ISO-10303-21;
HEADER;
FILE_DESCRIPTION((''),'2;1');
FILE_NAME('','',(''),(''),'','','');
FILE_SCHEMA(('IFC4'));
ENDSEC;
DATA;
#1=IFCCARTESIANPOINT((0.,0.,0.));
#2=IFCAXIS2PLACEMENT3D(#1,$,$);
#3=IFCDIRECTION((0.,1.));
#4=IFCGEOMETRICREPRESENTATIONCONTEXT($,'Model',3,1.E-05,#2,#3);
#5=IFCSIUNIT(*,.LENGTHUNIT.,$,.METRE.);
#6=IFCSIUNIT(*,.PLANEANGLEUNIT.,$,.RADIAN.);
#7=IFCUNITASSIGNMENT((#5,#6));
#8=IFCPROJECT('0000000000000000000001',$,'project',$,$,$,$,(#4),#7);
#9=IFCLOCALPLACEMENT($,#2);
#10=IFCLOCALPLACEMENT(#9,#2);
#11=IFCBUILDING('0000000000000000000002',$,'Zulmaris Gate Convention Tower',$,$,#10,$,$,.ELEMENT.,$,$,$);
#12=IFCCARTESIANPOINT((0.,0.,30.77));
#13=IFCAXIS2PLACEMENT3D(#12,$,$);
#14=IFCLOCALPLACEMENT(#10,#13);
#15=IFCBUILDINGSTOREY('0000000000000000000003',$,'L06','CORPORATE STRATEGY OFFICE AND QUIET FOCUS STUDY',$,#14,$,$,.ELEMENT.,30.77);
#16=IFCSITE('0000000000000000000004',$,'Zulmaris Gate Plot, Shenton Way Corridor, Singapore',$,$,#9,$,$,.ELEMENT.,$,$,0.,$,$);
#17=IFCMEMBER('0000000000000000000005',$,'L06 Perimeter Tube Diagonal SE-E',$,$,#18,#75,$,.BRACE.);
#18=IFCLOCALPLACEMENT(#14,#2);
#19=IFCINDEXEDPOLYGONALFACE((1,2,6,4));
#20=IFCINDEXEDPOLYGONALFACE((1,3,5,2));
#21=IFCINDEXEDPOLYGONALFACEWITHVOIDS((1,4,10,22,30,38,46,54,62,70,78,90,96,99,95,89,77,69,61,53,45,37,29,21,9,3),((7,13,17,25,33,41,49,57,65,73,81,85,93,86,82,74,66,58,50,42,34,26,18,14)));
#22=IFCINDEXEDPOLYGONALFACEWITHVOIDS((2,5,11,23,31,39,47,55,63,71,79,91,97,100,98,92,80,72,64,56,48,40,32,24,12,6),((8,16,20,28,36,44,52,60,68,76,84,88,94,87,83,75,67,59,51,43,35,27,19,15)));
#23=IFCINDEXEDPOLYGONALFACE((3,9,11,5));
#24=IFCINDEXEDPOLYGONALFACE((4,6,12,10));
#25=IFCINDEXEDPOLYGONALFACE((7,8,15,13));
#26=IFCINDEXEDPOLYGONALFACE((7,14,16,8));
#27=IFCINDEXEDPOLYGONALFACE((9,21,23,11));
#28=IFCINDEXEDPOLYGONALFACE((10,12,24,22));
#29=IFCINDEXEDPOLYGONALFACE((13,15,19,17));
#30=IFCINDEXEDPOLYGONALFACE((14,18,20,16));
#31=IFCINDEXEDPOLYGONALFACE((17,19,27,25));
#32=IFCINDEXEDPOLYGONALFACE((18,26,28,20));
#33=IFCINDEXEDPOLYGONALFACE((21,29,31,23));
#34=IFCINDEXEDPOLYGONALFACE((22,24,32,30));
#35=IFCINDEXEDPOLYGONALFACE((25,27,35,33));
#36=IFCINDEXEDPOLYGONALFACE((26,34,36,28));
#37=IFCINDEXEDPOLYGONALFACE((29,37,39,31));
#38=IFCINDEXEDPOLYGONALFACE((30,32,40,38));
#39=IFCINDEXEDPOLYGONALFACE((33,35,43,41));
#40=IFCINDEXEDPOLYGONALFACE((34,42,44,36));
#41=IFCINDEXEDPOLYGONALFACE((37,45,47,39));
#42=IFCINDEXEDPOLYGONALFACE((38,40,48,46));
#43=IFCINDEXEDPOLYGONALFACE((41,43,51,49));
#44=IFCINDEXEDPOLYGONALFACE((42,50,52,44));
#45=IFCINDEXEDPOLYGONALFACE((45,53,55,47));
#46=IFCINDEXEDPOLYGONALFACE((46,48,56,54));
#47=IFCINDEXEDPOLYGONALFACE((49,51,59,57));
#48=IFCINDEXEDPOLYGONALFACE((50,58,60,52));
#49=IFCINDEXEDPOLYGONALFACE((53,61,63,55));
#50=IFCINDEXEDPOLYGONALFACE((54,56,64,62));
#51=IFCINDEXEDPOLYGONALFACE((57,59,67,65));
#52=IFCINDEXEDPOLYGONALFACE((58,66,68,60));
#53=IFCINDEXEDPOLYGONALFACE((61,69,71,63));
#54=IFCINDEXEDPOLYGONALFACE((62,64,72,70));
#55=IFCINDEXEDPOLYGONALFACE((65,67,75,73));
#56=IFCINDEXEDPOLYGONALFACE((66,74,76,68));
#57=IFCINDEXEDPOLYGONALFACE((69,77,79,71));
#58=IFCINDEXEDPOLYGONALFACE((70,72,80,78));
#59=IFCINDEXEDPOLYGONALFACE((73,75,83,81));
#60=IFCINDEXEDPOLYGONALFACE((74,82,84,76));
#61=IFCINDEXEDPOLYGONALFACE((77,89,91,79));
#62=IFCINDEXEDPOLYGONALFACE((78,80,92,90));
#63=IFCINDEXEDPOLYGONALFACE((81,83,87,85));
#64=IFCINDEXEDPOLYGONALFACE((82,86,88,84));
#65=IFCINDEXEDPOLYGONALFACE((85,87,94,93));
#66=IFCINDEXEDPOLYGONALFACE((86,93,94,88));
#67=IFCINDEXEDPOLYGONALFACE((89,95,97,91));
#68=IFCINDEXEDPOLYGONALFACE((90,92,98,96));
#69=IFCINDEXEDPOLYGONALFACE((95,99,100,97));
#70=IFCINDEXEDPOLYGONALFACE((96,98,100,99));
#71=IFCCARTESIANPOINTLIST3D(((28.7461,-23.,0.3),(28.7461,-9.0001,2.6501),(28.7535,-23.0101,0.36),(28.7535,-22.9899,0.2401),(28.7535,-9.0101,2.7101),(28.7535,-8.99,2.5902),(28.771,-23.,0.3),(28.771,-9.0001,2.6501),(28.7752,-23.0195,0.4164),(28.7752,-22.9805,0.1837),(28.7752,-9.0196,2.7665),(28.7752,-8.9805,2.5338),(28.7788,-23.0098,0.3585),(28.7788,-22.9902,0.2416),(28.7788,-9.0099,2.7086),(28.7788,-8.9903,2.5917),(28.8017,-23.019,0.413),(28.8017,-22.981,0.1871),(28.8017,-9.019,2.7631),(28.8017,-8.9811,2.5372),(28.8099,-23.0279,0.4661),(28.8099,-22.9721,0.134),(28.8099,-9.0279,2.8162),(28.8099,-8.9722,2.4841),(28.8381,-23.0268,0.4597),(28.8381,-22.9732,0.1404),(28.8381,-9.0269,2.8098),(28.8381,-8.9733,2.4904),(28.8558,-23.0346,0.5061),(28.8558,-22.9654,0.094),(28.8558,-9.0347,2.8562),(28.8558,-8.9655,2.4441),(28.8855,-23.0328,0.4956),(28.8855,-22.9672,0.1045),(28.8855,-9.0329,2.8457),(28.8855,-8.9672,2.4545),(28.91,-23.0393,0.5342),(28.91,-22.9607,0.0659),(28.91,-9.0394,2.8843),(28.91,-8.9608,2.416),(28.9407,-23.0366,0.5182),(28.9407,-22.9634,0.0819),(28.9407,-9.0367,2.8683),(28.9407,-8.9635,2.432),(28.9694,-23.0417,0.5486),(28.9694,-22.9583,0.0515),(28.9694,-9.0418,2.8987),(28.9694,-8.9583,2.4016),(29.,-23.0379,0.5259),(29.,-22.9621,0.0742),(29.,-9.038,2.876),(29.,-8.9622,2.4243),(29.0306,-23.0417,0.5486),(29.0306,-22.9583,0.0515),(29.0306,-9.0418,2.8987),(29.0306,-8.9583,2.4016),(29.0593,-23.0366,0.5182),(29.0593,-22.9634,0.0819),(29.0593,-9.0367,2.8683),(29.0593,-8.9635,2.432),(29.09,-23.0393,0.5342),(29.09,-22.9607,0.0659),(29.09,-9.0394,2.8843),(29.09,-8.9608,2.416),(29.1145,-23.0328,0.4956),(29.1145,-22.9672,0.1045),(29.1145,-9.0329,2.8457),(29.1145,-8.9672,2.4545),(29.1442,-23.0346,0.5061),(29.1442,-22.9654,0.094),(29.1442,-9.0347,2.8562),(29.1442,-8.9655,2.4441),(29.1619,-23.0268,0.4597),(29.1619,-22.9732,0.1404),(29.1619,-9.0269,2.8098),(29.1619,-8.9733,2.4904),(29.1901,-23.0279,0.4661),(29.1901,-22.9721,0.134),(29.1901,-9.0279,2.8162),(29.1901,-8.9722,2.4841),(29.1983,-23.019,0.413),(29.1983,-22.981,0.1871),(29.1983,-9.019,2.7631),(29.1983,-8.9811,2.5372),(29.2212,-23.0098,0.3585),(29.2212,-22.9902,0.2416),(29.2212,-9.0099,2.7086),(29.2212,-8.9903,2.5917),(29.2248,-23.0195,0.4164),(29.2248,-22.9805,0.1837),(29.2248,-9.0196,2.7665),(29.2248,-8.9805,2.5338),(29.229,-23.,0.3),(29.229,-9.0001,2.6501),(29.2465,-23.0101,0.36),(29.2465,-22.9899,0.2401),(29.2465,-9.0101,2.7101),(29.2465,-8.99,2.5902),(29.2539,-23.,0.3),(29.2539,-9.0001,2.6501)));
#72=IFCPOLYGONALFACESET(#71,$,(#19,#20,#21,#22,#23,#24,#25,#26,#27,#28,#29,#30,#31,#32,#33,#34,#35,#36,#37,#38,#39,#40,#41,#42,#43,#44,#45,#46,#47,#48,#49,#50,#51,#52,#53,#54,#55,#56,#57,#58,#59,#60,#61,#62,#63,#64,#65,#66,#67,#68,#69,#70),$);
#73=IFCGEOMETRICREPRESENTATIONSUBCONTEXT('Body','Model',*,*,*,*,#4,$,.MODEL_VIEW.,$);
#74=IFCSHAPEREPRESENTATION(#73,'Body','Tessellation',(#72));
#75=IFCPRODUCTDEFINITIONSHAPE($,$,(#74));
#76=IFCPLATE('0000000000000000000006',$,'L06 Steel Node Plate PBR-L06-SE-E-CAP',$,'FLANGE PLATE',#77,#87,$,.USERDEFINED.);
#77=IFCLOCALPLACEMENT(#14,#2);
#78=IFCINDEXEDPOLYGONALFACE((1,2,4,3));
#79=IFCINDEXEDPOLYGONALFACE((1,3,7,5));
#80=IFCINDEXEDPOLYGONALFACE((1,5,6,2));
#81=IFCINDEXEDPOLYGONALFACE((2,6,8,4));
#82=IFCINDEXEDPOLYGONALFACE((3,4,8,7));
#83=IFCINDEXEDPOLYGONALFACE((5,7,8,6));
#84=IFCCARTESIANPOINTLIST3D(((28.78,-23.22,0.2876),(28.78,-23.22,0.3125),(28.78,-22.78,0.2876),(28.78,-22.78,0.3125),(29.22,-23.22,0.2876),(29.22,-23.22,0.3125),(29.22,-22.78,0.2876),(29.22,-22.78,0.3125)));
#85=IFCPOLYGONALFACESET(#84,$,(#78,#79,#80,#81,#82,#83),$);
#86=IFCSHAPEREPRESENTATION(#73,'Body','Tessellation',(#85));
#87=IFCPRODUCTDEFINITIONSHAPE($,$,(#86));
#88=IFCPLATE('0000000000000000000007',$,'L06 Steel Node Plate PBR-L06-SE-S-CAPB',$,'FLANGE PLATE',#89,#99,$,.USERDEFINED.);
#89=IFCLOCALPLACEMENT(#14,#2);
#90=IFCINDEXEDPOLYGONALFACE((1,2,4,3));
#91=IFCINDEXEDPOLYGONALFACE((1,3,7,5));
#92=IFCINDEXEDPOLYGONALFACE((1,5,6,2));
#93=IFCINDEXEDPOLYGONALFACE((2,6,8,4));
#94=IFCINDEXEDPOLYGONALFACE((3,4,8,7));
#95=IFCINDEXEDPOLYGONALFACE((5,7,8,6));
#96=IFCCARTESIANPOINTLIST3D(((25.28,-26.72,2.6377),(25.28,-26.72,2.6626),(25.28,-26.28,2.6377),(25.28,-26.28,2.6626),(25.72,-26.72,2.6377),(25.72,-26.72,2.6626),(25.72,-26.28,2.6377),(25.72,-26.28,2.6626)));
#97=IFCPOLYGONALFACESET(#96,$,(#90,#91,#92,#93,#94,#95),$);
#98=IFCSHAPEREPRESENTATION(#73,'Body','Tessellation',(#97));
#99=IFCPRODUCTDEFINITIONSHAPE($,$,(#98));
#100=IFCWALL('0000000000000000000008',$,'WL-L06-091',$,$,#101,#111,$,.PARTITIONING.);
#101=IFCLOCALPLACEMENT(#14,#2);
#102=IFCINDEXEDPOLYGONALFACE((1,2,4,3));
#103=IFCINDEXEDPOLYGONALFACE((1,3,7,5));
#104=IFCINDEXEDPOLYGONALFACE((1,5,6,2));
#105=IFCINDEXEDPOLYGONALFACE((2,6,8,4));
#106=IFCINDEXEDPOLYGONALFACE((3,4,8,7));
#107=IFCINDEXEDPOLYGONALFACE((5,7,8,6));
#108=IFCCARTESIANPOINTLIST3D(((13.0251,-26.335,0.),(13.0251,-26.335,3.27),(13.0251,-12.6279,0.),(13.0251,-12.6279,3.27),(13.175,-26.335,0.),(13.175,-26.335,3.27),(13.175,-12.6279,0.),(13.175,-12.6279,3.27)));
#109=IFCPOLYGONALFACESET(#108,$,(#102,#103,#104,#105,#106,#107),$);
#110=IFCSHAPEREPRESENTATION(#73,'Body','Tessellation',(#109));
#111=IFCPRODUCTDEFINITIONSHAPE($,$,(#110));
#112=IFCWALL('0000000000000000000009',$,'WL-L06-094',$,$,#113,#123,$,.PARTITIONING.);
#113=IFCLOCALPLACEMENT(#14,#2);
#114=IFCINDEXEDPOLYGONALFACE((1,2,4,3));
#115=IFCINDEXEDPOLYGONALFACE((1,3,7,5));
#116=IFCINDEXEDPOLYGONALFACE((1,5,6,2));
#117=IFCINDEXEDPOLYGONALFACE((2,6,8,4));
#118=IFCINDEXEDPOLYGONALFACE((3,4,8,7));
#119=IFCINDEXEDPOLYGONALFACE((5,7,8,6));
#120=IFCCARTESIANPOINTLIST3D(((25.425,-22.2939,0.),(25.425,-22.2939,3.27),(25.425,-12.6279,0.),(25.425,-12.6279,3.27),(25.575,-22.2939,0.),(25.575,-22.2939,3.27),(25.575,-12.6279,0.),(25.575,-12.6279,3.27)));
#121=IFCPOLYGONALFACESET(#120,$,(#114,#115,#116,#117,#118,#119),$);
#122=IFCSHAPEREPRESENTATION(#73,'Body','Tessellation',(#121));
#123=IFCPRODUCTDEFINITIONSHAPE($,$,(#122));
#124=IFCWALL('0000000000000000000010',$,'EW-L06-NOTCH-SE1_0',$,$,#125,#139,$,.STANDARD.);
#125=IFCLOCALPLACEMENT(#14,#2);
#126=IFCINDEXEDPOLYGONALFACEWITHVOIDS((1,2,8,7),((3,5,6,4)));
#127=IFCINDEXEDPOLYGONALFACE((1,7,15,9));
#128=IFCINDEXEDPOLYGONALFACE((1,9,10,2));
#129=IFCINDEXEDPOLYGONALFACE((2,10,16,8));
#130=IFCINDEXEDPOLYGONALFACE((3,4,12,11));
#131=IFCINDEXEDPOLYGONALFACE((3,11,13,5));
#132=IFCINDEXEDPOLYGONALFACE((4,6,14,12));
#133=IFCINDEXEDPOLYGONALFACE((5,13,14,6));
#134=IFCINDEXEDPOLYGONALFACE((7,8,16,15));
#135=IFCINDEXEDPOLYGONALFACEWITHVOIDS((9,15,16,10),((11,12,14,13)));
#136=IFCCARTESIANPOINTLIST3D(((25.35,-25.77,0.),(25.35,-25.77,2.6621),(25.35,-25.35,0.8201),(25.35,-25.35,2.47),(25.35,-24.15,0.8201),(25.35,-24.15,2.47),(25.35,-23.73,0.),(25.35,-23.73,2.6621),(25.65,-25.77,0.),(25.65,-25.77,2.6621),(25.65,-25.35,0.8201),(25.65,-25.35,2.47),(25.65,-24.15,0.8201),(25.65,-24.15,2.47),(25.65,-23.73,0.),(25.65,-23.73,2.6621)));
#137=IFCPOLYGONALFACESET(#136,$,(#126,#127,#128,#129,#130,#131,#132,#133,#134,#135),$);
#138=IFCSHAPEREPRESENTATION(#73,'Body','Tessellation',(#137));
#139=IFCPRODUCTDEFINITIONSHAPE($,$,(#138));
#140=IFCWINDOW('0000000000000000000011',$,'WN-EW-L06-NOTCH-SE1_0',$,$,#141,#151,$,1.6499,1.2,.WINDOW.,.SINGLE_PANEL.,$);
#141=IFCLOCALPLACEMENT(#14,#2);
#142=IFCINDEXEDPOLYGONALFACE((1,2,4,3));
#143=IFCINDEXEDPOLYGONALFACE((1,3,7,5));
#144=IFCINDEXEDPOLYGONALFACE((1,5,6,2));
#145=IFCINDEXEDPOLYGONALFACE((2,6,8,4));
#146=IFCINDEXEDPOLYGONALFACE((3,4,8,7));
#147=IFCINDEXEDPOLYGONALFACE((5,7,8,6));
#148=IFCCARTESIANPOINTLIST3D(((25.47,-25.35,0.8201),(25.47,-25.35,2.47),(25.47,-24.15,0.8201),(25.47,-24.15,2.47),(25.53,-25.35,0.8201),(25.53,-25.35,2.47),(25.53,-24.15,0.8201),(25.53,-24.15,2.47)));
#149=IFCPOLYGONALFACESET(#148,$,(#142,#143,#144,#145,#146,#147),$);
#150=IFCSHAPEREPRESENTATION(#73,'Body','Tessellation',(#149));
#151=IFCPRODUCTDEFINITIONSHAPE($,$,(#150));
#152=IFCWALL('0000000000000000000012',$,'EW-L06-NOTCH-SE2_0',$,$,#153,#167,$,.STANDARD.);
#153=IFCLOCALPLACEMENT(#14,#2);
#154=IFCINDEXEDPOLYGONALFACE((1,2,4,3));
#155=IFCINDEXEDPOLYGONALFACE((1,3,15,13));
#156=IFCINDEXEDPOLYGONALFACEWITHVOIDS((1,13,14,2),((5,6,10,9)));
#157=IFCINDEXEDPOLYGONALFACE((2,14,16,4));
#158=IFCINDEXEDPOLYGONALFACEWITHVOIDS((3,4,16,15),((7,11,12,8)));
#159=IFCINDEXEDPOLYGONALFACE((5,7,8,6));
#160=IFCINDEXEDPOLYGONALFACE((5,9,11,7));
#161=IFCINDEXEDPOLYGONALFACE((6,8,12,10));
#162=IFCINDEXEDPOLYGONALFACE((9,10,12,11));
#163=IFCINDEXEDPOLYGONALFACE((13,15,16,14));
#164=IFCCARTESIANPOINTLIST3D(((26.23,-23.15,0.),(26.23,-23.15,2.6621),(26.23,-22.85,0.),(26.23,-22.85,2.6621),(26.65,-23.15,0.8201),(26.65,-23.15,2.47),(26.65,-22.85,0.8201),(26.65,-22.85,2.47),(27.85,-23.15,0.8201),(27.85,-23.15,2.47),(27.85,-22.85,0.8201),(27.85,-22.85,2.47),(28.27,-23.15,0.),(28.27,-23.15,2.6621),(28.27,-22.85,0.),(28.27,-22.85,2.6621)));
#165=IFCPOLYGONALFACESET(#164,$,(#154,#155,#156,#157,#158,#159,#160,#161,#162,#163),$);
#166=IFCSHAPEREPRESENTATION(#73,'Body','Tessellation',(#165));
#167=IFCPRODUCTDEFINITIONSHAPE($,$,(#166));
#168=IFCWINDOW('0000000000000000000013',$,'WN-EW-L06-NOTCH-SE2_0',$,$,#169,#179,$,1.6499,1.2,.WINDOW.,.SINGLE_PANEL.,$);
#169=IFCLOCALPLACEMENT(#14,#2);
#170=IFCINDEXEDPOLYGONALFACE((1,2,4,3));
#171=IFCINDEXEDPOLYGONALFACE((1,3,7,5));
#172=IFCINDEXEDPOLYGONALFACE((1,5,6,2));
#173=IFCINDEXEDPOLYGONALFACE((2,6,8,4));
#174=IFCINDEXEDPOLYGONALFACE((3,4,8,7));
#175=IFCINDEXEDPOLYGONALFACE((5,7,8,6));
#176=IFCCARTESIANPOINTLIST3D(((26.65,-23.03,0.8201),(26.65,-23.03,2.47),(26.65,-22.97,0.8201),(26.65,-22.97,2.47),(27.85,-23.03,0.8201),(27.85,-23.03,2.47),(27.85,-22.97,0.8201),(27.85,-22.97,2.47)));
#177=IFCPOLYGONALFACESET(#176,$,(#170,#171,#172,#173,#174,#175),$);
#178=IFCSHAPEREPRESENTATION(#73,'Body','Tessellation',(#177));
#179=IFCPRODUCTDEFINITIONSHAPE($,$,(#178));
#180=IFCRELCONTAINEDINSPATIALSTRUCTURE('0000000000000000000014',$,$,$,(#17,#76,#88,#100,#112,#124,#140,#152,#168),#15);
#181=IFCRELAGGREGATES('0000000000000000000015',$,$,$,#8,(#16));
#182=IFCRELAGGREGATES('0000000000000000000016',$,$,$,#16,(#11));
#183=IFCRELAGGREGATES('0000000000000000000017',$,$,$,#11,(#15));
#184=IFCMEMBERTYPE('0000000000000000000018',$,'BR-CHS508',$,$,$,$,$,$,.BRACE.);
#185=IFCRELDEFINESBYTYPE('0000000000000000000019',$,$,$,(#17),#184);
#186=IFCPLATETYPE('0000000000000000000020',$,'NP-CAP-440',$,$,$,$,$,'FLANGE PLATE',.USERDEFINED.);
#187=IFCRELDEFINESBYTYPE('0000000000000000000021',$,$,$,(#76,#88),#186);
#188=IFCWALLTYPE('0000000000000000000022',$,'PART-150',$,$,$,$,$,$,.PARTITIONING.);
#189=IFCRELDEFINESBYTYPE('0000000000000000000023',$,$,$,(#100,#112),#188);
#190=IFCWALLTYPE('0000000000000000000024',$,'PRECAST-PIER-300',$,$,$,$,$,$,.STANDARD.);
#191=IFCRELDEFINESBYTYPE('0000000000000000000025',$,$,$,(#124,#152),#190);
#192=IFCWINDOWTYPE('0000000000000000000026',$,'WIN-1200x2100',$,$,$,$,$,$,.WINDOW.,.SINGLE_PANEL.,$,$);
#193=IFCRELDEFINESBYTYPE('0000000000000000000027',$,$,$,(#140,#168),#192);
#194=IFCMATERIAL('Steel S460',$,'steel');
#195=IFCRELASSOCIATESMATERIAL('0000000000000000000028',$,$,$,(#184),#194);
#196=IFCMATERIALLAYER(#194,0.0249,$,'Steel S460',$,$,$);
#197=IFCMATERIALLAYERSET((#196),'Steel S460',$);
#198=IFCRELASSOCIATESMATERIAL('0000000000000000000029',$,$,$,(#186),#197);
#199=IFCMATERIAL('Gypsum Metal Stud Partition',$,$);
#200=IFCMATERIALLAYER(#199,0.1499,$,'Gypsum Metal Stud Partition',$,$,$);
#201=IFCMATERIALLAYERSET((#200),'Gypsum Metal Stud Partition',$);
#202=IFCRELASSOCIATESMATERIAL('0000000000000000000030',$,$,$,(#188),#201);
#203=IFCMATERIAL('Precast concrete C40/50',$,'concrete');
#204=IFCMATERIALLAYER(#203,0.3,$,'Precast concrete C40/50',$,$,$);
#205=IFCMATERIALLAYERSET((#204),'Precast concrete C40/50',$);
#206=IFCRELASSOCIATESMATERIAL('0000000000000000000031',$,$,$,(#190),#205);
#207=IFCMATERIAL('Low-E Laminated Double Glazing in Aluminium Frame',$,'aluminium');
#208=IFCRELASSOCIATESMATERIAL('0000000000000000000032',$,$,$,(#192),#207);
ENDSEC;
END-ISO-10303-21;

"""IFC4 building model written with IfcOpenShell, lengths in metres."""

from ifc_helpers import new_model, si_unit, direction, frame, frame_2d, origin, origin_2d, place, context, subcontext, project, spatial, rectangle, hollow_circle, extrude, material, layer, layer_set, material_profile, profile_set, type_object, element, fill, save


model = new_model("IFC4")

# Units and contexts
model_context = context("Model", 3, precision=1e-05, world=origin(), true_north=direction((0.0, 1.0)))
body_context = subcontext(model_context, "Body", "Model", "MODEL_VIEW")
ifc_project = project(units=[si_unit("LENGTHUNIT", "METRE"), si_unit("PLANEANGLEUNIT", "RADIAN")], contexts=[model_context])

# Site, building, storey
site_placement = place(None, origin())
site = spatial("IfcSite", under=ifc_project, at=site_placement, Name="Zulmaris Gate Plot, Shenton Way Corridor, Singapore", CompositionType="ELEMENT", RefElevation=0.0)
building_placement = place(site_placement, origin())
building = spatial("IfcBuilding", under=site, at=building_placement, Name="Zulmaris Gate Convention Tower", CompositionType="ELEMENT")
storey_placement = place(building_placement, frame((0.0, 0.0, 30.77)))
storey = spatial("IfcBuildingStorey", under=building, at=storey_placement, Name="L06", Description="CORPORATE STRATEGY OFFICE AND QUIET FOCUS STUDY", CompositionType="ELEMENT", Elevation=30.77)

# Member
ifc_material_1 = material(Name="Steel S460", Category="steel")
ifc_material_profile_1 = material_profile(ifc_material_1, hollow_circle(Radius=0.2539, WallThickness=0.0249, at=origin_2d()), Name="CHS 508x25")
ifc_profile_set_1 = profile_set([ifc_material_profile_1], Name="Steel S460")
member_type = type_object("IfcMemberType", Name="BR-CHS508", PredefinedType="BRACE", material=ifc_profile_set_1)
member_placement = place(storey_placement, frame((29.0, -23.0, 0.3), z_axis=(0.0, 0.986202, 0.165548), x_axis=(-1.0, 0.0, 0.0)))
element("IfcMember", 1, at=member_placement, inside=storey, type_object=member_type, Name="L06 Perimeter Tube Diagonal SE-E", PredefinedType="BRACE", context=body_context, shape_type="SweptSolid", body=[
    extrude(hollow_circle(Radius=0.2539, WallThickness=0.0249, at=origin_2d()), origin(), (0.0, 0.0, 1.0), 14.1958),
])

# Plates
ifc_layer_1 = layer(ifc_material_1, 0.0249, Name="Steel S460")
ifc_layer_set_1 = layer_set([ifc_layer_1], Name="Steel S460")
plate_type = type_object("IfcPlateType", Name="NP-CAP-440", ElementType="FLANGE PLATE", PredefinedType="USERDEFINED", material=ifc_layer_set_1)
for number, where, z_axis, x_axis, name in (
    (2, (29.0, -23.0, 0.2876), (0.0, 0.0, 1.0), (1.0, 0.0, 0.0), "L06 Steel Node Plate PBR-L06-SE-E-CAP"),
    (3, (25.5, -26.5, 2.6377), (0.0, 0.0, 1.0), (1.0, 0.0, 0.0), "L06 Steel Node Plate PBR-L06-SE-S-CAPB"),
):
    element("IfcPlate", number, at=place(storey_placement, frame(where, z_axis=z_axis, x_axis=x_axis)), inside=storey, type_object=plate_type, Name=name, ObjectType="FLANGE PLATE", PredefinedType="USERDEFINED", context=body_context, shape_type="SweptSolid", body=[
        extrude(rectangle(XDim=0.4399, YDim=0.4399, at=origin_2d()), origin(), (0.0, 0.0, 1.0), 0.0249),
    ])

# Wall
ifc_material_2 = material(Name="Gypsum Metal Stud Partition")
ifc_layer_2 = layer(ifc_material_2, 0.1499, Name="Gypsum Metal Stud Partition")
ifc_layer_set_2 = layer_set([ifc_layer_2], Name="Gypsum Metal Stud Partition")
wall_type_1 = type_object("IfcWallType", Name="PART-150", PredefinedType="PARTITIONING", material=ifc_layer_set_2)
wall_1_placement = place(storey_placement, frame((13.1001, -26.335, 0.0), z_axis=(0.0, 0.0, 1.0), x_axis=(0.0, 1.0, 0.0)))
element("IfcWall", 4, at=wall_1_placement, inside=storey, type_object=wall_type_1, Name="WL-L06-091", PredefinedType="PARTITIONING", context=body_context, shape_type="SweptSolid", body=[
    extrude(rectangle(XDim=13.707, YDim=0.1499, at=frame_2d((6.8535, 0.0))), origin(), (0.0, 0.0, 1.0), 3.27),
])

# Wall
wall_2_placement = place(storey_placement, frame((25.5, -22.2939, 0.0), z_axis=(0.0, 0.0, 1.0), x_axis=(0.0, 1.0, 0.0)))
element("IfcWall", 5, at=wall_2_placement, inside=storey, type_object=wall_type_1, Name="WL-L06-094", PredefinedType="PARTITIONING", context=body_context, shape_type="SweptSolid", body=[
    extrude(rectangle(XDim=9.666, YDim=0.1499, at=frame_2d((4.833, 0.0))), origin(), (0.0, 0.0, 1.0), 3.27),
])

# Walls, openings, windows
ifc_material_3 = material(Name="Precast concrete C40/50", Category="concrete")
ifc_layer_3 = layer(ifc_material_3, 0.3, Name="Precast concrete C40/50")
ifc_layer_set_3 = layer_set([ifc_layer_3], Name="Precast concrete C40/50")
wall_type_2 = type_object("IfcWallType", Name="PRECAST-PIER-300", PredefinedType="STANDARD", material=ifc_layer_set_3)
wall_3_placement = place(storey_placement, frame((25.5, -25.77, 0.0), z_axis=(0.0, 0.0, 1.0), x_axis=(0.0, 1.0, 0.0)))
wall_3 = element("IfcWall", 6, at=wall_3_placement, inside=storey, type_object=wall_type_2, Name="EW-L06-NOTCH-SE1_0", PredefinedType="STANDARD", context=body_context, shape_type="SweptSolid", body=[
    extrude(rectangle(XDim=2.04, YDim=0.3, at=frame_2d((1.02, 0.0))), origin(), (0.0, 0.0, 1.0), 2.6621),
])
opening_1_placement = place(wall_3_placement, frame((0.4199, 0.0, 0.8201)))
opening_1 = element("IfcOpeningElement", 7, at=opening_1_placement, cuts=wall_3, PredefinedType="OPENING", context=body_context, shape_type="SweptSolid", body=[
    extrude(rectangle(XDim=1.2, YDim=1.6499, at=frame_2d((0.6001, 0.825))), frame((0.0, 0.1602, 0.0), z_axis=(0.0, -1.0, 0.0), x_axis=(1.0, 0.0, 0.0)), (0.0, 0.0, 1.0), 0.3201),
])
ifc_material_4 = material(Name="Low-E Laminated Double Glazing in Aluminium Frame", Category="aluminium")
window_type = type_object("IfcWindowType", Name="WIN-1200x2100", PartitioningType="SINGLE_PANEL", PredefinedType="WINDOW", material=ifc_material_4)
window_1_placement = place(opening_1_placement, origin())
window_1 = element("IfcWindow", 8, at=window_1_placement, inside=storey, type_object=window_type, Name="WN-EW-L06-NOTCH-SE1_0", OverallHeight=1.6499, OverallWidth=1.2, PartitioningType="SINGLE_PANEL", PredefinedType="WINDOW", context=body_context, shape_type="SweptSolid", body=[
    extrude(rectangle(XDim=1.2, YDim=1.6499, at=frame_2d((0.6001, 0.825))), frame((0.0, 0.03, 0.0), z_axis=(0.0, -1.0, 0.0), x_axis=(1.0, 0.0, 0.0)), (0.0, 0.0, 1.0), 0.0601),
])
fill(opening_1, window_1)
wall_4_placement = place(storey_placement, frame((26.23, -23.0, 0.0), z_axis=(0.0, 0.0, 1.0), x_axis=(1.0, 0.0, 0.0)))
wall_4 = element("IfcWall", 9, at=wall_4_placement, inside=storey, type_object=wall_type_2, Name="EW-L06-NOTCH-SE2_0", PredefinedType="STANDARD", context=body_context, shape_type="SweptSolid", body=[
    extrude(rectangle(XDim=2.04, YDim=0.3, at=frame_2d((1.02, 0.0))), origin(), (0.0, 0.0, 1.0), 2.6621),
])
opening_2_placement = place(wall_4_placement, frame((0.4199, 0.0, 0.8201)))
opening_2 = element("IfcOpeningElement", 10, at=opening_2_placement, cuts=wall_4, PredefinedType="OPENING", context=body_context, shape_type="SweptSolid", body=[
    extrude(rectangle(XDim=1.2, YDim=1.6499, at=frame_2d((0.6001, 0.825))), frame((0.0, 0.1602, 0.0), z_axis=(0.0, -1.0, 0.0), x_axis=(1.0, 0.0, 0.0)), (0.0, 0.0, 1.0), 0.3201),
])
window_2_placement = place(opening_2_placement, origin())
window_2 = element("IfcWindow", 11, at=window_2_placement, inside=storey, type_object=window_type, Name="WN-EW-L06-NOTCH-SE2_0", OverallHeight=1.6499, OverallWidth=1.2, PartitioningType="SINGLE_PANEL", PredefinedType="WINDOW", context=body_context, shape_type="SweptSolid", body=[
    extrude(rectangle(XDim=1.2, YDim=1.6499, at=frame_2d((0.6001, 0.825))), frame((0.0, 0.03, 0.0), z_axis=(0.0, -1.0, 0.0), x_axis=(1.0, 0.0, 0.0)), (0.0, 0.0, 1.0), 0.0601),
])
fill(opening_2, window_2)

save(model, "model.ifc")
